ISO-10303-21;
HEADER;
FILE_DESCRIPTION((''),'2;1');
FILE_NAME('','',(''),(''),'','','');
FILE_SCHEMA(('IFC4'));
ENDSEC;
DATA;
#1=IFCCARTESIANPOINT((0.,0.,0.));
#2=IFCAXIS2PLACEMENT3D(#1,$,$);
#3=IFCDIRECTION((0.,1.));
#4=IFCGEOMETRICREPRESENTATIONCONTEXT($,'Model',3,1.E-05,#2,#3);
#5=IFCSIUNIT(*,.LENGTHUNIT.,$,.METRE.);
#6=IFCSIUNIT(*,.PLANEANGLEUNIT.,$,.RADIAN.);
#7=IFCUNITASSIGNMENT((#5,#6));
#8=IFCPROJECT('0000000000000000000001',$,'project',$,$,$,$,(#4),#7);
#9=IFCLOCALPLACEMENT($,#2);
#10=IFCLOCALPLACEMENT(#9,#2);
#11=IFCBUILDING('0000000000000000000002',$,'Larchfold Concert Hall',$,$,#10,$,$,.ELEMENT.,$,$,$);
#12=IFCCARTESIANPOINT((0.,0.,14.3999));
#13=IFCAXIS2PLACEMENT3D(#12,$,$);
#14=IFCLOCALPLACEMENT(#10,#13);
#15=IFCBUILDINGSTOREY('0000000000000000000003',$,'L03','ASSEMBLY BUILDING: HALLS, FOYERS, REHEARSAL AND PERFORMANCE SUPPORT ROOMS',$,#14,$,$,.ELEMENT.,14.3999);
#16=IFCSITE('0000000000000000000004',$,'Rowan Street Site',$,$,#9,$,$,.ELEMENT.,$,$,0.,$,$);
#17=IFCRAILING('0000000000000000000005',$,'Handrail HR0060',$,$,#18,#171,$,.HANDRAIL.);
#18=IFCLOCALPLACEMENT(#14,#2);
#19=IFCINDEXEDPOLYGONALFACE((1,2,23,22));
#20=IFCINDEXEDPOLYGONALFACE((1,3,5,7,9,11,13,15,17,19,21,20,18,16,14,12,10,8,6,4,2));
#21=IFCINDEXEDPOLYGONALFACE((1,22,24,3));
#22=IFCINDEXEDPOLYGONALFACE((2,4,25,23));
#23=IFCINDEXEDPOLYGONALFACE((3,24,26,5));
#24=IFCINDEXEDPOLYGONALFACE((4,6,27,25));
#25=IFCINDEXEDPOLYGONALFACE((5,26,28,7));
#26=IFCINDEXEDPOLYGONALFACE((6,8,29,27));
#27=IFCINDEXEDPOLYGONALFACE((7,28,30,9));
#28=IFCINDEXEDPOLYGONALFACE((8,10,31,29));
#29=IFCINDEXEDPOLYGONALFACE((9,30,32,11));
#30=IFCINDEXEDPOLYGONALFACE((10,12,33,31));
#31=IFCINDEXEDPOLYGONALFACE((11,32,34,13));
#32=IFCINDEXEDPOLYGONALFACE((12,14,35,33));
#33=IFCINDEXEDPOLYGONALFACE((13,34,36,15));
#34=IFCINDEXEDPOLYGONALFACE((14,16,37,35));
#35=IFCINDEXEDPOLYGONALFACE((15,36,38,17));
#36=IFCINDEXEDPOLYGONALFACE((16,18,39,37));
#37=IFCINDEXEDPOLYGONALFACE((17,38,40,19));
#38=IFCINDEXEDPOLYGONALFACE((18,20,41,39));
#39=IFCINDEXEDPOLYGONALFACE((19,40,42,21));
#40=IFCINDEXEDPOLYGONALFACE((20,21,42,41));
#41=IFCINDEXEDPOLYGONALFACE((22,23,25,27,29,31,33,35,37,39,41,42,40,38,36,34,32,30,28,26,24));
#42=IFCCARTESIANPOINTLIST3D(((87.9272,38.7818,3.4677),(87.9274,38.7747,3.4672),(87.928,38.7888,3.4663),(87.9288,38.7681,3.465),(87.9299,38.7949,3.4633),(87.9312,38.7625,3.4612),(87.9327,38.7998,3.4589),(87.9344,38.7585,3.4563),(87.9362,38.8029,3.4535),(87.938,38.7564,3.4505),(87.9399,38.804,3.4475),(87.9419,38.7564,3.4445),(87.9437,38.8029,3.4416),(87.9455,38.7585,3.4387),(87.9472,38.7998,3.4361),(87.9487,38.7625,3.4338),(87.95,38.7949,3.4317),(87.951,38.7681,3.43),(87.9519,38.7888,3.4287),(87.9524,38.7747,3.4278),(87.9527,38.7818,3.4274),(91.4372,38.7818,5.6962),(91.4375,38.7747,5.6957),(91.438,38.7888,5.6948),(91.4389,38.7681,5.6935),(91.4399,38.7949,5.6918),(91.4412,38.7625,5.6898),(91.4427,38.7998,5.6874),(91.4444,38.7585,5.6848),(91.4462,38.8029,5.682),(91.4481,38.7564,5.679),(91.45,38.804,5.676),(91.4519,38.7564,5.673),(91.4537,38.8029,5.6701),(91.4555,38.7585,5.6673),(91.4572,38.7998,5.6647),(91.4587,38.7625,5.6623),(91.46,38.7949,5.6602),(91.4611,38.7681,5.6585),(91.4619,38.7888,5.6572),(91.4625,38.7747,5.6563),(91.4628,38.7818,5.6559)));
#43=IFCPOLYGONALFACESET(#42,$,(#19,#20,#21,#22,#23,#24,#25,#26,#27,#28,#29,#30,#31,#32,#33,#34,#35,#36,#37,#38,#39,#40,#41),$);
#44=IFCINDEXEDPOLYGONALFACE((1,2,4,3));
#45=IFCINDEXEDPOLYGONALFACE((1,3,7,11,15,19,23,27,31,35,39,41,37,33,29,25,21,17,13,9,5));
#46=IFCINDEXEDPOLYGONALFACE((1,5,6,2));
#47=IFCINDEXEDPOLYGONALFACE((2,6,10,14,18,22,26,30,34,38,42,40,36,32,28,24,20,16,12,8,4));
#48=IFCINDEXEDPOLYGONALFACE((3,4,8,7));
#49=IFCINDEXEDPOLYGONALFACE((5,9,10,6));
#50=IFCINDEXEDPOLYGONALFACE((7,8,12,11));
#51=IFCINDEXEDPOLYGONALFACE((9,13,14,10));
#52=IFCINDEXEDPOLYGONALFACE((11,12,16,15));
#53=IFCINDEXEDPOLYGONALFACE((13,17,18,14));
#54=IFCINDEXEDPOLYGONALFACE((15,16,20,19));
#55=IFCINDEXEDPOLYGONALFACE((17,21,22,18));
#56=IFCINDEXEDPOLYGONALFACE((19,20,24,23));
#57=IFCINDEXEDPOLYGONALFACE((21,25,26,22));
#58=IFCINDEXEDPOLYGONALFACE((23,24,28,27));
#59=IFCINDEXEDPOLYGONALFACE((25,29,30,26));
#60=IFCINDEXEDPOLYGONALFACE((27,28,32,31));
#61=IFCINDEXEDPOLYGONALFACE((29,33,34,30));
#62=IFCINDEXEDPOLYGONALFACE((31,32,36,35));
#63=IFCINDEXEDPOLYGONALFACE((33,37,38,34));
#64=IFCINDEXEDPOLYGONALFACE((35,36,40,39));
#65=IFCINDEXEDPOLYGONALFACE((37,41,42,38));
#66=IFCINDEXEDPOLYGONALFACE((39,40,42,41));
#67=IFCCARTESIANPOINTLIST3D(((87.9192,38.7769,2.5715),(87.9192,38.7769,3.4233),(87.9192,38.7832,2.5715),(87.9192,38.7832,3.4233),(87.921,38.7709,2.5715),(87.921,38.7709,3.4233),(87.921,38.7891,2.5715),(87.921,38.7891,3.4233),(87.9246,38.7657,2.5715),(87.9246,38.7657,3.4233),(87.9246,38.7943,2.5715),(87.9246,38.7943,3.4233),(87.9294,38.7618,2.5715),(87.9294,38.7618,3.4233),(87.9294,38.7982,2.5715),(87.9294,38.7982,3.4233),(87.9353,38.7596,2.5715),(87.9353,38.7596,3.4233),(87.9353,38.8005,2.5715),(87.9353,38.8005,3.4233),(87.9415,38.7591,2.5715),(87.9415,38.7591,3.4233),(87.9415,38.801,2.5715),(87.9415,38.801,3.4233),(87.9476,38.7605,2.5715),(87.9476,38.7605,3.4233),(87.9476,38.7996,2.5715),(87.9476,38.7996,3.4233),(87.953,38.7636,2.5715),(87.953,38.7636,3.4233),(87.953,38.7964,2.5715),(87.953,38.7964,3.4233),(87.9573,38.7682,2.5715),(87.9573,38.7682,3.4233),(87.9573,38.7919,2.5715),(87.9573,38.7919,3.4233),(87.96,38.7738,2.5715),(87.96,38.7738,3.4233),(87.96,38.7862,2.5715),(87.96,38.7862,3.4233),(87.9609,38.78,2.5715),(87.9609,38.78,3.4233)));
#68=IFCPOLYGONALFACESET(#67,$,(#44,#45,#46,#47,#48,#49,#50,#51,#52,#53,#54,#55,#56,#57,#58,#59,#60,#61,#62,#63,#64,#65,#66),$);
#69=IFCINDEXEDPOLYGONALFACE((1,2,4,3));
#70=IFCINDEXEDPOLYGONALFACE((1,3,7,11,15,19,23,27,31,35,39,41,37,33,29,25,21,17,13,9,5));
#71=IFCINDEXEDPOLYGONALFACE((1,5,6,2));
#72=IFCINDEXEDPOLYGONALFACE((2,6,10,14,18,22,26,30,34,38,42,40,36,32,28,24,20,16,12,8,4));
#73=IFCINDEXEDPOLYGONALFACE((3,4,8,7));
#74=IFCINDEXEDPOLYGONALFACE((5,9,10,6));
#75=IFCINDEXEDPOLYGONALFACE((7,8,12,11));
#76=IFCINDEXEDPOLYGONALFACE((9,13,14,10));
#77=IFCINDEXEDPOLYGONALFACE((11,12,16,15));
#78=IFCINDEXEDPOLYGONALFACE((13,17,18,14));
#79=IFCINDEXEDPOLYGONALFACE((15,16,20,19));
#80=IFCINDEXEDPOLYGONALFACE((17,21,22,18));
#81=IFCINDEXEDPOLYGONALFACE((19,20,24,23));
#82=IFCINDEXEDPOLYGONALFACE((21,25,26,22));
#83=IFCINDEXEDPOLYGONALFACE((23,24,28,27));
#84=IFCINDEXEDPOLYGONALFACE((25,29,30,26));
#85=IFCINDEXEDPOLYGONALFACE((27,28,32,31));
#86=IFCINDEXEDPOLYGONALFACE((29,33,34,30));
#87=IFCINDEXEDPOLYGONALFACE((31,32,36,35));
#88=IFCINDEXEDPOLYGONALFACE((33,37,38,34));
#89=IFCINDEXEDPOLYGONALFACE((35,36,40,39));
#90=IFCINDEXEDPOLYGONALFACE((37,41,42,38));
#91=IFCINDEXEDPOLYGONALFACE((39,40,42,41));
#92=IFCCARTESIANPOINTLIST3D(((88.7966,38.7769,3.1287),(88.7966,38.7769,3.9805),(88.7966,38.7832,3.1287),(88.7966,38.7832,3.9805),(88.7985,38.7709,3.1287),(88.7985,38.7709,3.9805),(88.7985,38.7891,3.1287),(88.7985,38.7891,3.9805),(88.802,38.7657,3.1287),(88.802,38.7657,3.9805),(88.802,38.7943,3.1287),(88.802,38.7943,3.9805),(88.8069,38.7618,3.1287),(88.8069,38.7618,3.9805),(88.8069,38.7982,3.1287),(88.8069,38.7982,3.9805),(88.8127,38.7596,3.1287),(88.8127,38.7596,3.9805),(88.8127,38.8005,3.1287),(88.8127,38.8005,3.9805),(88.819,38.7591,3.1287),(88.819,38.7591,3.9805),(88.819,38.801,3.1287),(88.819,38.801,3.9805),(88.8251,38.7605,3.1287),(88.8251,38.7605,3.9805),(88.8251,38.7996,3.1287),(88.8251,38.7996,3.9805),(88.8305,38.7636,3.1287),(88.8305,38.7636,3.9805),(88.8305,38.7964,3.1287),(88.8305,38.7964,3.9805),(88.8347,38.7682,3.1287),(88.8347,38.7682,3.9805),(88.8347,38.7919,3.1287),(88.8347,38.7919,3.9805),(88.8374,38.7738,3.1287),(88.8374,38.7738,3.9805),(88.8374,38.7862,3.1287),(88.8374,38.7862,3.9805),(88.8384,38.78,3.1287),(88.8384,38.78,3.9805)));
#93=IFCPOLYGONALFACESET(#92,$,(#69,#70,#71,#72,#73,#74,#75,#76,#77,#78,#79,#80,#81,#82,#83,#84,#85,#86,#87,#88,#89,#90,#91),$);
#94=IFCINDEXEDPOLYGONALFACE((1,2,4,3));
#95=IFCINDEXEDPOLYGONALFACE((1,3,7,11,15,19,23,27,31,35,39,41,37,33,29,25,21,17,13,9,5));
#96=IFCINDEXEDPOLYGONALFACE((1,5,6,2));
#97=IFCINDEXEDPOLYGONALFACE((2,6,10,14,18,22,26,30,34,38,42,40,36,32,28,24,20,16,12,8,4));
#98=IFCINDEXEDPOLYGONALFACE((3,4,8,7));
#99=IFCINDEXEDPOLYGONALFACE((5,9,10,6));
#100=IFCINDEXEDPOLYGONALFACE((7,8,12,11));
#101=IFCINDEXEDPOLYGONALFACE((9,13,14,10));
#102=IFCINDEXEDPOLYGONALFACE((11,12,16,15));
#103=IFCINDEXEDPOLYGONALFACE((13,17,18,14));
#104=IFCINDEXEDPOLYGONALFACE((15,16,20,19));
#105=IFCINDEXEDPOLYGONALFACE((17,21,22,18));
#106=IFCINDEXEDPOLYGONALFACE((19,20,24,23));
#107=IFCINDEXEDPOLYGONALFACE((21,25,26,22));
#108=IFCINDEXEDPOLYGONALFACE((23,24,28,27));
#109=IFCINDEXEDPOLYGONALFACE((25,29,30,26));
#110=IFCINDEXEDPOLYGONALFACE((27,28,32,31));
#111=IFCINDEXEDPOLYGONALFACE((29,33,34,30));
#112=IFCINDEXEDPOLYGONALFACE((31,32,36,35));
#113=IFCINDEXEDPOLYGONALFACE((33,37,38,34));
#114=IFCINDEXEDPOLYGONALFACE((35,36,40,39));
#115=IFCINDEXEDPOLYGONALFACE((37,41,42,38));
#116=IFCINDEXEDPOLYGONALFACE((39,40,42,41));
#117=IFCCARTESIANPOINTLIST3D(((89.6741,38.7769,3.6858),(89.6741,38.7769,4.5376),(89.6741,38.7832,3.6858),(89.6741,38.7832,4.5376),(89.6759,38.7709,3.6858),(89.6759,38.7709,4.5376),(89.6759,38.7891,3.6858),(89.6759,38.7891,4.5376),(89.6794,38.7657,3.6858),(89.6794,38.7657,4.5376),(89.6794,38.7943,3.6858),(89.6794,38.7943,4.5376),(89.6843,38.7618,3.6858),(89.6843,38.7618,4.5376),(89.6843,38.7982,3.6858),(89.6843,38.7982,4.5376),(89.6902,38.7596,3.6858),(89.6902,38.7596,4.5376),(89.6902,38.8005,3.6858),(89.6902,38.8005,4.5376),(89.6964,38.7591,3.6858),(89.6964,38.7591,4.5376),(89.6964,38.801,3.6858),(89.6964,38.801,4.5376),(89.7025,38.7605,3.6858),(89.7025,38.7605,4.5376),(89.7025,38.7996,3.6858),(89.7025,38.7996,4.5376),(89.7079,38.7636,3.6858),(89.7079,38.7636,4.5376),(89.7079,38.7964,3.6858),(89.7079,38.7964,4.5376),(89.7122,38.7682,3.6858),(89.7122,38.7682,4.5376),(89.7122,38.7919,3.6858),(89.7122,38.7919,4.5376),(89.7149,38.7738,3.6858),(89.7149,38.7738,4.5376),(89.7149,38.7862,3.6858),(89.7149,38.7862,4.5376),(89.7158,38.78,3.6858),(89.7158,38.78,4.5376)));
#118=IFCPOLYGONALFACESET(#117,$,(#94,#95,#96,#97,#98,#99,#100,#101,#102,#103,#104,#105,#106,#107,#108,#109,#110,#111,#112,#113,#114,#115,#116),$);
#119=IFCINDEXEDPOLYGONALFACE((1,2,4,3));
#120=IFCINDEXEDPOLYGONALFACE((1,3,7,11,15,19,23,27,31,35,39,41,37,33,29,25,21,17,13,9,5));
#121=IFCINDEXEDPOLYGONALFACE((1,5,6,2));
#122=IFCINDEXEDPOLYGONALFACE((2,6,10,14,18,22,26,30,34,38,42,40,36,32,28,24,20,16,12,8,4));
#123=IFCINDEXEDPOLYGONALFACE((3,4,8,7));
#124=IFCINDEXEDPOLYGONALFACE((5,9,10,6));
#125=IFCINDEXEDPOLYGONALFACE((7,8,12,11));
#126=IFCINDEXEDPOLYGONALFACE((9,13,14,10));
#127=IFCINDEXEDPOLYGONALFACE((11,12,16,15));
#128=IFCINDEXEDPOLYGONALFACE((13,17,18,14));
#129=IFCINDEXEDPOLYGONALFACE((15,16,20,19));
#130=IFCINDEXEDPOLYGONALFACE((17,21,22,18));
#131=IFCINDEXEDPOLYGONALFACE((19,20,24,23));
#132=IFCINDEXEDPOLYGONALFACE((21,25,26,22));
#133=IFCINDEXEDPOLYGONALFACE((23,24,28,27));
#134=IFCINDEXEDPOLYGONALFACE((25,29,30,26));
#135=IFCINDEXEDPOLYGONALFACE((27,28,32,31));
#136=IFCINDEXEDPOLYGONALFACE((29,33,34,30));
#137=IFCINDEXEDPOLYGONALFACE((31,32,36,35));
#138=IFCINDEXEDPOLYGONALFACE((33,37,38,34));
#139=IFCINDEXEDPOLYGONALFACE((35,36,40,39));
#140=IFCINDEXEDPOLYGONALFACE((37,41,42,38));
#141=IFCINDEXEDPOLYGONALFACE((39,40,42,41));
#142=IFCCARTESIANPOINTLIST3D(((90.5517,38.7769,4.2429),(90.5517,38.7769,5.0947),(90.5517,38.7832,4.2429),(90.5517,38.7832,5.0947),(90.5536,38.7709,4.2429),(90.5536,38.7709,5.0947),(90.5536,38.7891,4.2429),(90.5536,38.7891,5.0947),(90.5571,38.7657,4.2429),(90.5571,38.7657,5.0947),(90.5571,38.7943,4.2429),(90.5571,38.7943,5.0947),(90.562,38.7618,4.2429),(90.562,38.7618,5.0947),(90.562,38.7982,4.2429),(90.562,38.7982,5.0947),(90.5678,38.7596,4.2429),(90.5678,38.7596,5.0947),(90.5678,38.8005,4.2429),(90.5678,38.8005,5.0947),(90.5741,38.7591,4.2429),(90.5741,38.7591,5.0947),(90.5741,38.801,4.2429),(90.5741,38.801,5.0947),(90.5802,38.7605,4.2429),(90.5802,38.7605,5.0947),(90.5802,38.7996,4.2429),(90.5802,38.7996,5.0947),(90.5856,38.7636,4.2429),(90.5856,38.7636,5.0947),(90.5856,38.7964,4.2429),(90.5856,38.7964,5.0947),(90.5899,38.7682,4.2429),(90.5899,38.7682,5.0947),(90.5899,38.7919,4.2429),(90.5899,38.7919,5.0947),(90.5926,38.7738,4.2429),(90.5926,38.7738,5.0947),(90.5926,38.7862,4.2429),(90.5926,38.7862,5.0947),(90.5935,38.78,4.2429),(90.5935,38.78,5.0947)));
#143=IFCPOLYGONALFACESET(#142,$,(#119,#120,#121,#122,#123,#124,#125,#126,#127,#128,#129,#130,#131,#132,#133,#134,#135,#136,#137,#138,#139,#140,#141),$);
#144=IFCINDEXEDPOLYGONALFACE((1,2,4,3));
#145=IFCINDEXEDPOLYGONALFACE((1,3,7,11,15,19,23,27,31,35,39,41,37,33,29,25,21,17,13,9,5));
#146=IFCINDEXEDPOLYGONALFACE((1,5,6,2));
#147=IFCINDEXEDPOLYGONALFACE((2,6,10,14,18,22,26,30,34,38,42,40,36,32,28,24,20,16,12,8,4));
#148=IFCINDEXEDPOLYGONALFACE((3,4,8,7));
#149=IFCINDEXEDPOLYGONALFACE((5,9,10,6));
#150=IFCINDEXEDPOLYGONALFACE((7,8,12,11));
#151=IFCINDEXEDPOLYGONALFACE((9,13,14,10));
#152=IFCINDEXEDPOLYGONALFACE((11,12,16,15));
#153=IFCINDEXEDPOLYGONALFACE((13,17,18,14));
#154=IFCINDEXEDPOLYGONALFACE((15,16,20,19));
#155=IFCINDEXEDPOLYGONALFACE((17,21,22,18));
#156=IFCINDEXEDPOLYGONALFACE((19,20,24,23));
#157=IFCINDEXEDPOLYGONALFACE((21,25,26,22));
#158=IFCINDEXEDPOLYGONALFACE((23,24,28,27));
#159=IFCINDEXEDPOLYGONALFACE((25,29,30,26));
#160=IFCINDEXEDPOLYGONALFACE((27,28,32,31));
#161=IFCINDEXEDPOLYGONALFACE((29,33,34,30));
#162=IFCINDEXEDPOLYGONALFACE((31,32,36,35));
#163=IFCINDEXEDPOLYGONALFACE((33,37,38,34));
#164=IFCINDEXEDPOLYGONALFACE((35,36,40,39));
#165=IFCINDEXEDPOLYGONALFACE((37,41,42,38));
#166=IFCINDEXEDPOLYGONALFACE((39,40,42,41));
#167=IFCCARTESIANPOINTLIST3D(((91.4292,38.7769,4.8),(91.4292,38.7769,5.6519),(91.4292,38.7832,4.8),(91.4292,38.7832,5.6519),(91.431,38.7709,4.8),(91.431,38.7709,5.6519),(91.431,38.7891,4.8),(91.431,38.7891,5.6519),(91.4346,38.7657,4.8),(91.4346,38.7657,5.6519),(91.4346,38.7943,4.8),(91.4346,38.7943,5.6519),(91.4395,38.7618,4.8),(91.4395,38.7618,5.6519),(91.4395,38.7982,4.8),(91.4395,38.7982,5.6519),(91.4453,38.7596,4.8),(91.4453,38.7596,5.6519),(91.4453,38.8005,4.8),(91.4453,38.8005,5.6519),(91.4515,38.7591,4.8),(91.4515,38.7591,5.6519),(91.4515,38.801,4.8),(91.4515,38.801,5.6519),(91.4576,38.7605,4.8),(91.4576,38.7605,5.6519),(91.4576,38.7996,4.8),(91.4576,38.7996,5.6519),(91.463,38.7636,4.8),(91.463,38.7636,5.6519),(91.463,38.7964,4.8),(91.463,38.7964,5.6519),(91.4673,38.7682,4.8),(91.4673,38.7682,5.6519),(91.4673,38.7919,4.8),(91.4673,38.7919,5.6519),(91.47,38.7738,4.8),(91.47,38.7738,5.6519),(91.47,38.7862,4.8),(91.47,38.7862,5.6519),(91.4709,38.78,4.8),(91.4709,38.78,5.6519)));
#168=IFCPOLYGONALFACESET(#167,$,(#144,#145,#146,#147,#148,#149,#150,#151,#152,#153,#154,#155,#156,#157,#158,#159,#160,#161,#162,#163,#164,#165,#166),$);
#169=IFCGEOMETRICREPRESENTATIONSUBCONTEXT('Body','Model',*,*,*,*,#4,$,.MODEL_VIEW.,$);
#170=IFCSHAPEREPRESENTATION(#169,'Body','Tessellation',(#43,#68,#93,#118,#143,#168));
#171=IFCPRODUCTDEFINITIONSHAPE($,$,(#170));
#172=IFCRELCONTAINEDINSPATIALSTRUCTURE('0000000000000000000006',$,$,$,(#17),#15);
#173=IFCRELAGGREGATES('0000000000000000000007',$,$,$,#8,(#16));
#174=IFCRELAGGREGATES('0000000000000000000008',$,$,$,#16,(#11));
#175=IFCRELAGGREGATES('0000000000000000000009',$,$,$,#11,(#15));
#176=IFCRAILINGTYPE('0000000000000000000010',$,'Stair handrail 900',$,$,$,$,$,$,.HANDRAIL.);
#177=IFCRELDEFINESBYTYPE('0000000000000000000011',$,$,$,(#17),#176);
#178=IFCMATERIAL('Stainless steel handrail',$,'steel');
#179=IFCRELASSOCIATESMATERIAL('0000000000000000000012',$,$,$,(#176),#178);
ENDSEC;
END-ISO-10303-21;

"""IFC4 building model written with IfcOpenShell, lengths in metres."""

from ifc_helpers import new_model, si_unit, direction, frame, origin, origin_2d, place, context, subcontext, project, spatial, circle, extrude, material, type_object, element, save


model = new_model("IFC4")

# Units and contexts
model_context = context("Model", 3, precision=1e-05, world=origin(), true_north=direction((0.0, 1.0)))
body_context = subcontext(model_context, "Body", "Model", "MODEL_VIEW")
ifc_project = project(units=[si_unit("LENGTHUNIT", "METRE"), si_unit("PLANEANGLEUNIT", "RADIAN")], contexts=[model_context])

# Site, building, storey
site_placement = place(None, origin())
site = spatial("IfcSite", under=ifc_project, at=site_placement, Name="Rowan Street Site", CompositionType="ELEMENT", RefElevation=0.0)
building_placement = place(site_placement, origin())
building = spatial("IfcBuilding", under=site, at=building_placement, Name="Larchfold Concert Hall", CompositionType="ELEMENT")
storey_placement = place(building_placement, frame((0.0, 0.0, 14.3999)))
storey = spatial("IfcBuildingStorey", under=building, at=storey_placement, Name="L03", Description="ASSEMBLY BUILDING: HALLS, FOYERS, REHEARSAL AND PERFORMANCE SUPPORT ROOMS", CompositionType="ELEMENT", Elevation=14.3999)

# Railing
ifc_material_1 = material(Name="Stainless steel handrail", Category="steel")
railing_type_1 = type_object("IfcRailingType", Name="Stair handrail 900", PredefinedType="HANDRAIL", material=ifc_material_1)
railing_1_placement = place(storey_placement, frame((87.9399, 38.78, 2.5715)))
element("IfcRailing", 1, at=railing_1_placement, inside=storey, type_object=railing_type_1, Name="Handrail HR0060", PredefinedType="HANDRAIL", context=body_context, shape_type="SweptSolid", body=[
    extrude(circle(Radius=0.0239, at=origin_2d()), frame((0.0, 0.0, 0.876), z_axis=(0.84422, 0.0, 0.535998), x_axis=(0.0, 1.0, 0.0)), (0.0, 0.0, 1.0), 4.1577),
    extrude(circle(Radius=0.021, at=origin_2d()), origin(), (0.0, 0.0, 1.0), 0.8518),
    extrude(circle(Radius=0.021, at=origin_2d()), frame((0.8774, 0.0, 0.5571)), (0.0, 0.0, 1.0), 0.8518),
    extrude(circle(Radius=0.021, at=origin_2d()), frame((1.7549, 0.0, 1.1143)), (0.0, 0.0, 1.0), 0.8518),
    extrude(circle(Radius=0.021, at=origin_2d()), frame((2.6326, 0.0, 1.6714)), (0.0, 0.0, 1.0), 0.8518),
    extrude(circle(Radius=0.021, at=origin_2d()), frame((3.51, 0.0, 2.2285)), (0.0, 0.0, 1.0), 0.8518),
])

save(model, "model.ifc")
